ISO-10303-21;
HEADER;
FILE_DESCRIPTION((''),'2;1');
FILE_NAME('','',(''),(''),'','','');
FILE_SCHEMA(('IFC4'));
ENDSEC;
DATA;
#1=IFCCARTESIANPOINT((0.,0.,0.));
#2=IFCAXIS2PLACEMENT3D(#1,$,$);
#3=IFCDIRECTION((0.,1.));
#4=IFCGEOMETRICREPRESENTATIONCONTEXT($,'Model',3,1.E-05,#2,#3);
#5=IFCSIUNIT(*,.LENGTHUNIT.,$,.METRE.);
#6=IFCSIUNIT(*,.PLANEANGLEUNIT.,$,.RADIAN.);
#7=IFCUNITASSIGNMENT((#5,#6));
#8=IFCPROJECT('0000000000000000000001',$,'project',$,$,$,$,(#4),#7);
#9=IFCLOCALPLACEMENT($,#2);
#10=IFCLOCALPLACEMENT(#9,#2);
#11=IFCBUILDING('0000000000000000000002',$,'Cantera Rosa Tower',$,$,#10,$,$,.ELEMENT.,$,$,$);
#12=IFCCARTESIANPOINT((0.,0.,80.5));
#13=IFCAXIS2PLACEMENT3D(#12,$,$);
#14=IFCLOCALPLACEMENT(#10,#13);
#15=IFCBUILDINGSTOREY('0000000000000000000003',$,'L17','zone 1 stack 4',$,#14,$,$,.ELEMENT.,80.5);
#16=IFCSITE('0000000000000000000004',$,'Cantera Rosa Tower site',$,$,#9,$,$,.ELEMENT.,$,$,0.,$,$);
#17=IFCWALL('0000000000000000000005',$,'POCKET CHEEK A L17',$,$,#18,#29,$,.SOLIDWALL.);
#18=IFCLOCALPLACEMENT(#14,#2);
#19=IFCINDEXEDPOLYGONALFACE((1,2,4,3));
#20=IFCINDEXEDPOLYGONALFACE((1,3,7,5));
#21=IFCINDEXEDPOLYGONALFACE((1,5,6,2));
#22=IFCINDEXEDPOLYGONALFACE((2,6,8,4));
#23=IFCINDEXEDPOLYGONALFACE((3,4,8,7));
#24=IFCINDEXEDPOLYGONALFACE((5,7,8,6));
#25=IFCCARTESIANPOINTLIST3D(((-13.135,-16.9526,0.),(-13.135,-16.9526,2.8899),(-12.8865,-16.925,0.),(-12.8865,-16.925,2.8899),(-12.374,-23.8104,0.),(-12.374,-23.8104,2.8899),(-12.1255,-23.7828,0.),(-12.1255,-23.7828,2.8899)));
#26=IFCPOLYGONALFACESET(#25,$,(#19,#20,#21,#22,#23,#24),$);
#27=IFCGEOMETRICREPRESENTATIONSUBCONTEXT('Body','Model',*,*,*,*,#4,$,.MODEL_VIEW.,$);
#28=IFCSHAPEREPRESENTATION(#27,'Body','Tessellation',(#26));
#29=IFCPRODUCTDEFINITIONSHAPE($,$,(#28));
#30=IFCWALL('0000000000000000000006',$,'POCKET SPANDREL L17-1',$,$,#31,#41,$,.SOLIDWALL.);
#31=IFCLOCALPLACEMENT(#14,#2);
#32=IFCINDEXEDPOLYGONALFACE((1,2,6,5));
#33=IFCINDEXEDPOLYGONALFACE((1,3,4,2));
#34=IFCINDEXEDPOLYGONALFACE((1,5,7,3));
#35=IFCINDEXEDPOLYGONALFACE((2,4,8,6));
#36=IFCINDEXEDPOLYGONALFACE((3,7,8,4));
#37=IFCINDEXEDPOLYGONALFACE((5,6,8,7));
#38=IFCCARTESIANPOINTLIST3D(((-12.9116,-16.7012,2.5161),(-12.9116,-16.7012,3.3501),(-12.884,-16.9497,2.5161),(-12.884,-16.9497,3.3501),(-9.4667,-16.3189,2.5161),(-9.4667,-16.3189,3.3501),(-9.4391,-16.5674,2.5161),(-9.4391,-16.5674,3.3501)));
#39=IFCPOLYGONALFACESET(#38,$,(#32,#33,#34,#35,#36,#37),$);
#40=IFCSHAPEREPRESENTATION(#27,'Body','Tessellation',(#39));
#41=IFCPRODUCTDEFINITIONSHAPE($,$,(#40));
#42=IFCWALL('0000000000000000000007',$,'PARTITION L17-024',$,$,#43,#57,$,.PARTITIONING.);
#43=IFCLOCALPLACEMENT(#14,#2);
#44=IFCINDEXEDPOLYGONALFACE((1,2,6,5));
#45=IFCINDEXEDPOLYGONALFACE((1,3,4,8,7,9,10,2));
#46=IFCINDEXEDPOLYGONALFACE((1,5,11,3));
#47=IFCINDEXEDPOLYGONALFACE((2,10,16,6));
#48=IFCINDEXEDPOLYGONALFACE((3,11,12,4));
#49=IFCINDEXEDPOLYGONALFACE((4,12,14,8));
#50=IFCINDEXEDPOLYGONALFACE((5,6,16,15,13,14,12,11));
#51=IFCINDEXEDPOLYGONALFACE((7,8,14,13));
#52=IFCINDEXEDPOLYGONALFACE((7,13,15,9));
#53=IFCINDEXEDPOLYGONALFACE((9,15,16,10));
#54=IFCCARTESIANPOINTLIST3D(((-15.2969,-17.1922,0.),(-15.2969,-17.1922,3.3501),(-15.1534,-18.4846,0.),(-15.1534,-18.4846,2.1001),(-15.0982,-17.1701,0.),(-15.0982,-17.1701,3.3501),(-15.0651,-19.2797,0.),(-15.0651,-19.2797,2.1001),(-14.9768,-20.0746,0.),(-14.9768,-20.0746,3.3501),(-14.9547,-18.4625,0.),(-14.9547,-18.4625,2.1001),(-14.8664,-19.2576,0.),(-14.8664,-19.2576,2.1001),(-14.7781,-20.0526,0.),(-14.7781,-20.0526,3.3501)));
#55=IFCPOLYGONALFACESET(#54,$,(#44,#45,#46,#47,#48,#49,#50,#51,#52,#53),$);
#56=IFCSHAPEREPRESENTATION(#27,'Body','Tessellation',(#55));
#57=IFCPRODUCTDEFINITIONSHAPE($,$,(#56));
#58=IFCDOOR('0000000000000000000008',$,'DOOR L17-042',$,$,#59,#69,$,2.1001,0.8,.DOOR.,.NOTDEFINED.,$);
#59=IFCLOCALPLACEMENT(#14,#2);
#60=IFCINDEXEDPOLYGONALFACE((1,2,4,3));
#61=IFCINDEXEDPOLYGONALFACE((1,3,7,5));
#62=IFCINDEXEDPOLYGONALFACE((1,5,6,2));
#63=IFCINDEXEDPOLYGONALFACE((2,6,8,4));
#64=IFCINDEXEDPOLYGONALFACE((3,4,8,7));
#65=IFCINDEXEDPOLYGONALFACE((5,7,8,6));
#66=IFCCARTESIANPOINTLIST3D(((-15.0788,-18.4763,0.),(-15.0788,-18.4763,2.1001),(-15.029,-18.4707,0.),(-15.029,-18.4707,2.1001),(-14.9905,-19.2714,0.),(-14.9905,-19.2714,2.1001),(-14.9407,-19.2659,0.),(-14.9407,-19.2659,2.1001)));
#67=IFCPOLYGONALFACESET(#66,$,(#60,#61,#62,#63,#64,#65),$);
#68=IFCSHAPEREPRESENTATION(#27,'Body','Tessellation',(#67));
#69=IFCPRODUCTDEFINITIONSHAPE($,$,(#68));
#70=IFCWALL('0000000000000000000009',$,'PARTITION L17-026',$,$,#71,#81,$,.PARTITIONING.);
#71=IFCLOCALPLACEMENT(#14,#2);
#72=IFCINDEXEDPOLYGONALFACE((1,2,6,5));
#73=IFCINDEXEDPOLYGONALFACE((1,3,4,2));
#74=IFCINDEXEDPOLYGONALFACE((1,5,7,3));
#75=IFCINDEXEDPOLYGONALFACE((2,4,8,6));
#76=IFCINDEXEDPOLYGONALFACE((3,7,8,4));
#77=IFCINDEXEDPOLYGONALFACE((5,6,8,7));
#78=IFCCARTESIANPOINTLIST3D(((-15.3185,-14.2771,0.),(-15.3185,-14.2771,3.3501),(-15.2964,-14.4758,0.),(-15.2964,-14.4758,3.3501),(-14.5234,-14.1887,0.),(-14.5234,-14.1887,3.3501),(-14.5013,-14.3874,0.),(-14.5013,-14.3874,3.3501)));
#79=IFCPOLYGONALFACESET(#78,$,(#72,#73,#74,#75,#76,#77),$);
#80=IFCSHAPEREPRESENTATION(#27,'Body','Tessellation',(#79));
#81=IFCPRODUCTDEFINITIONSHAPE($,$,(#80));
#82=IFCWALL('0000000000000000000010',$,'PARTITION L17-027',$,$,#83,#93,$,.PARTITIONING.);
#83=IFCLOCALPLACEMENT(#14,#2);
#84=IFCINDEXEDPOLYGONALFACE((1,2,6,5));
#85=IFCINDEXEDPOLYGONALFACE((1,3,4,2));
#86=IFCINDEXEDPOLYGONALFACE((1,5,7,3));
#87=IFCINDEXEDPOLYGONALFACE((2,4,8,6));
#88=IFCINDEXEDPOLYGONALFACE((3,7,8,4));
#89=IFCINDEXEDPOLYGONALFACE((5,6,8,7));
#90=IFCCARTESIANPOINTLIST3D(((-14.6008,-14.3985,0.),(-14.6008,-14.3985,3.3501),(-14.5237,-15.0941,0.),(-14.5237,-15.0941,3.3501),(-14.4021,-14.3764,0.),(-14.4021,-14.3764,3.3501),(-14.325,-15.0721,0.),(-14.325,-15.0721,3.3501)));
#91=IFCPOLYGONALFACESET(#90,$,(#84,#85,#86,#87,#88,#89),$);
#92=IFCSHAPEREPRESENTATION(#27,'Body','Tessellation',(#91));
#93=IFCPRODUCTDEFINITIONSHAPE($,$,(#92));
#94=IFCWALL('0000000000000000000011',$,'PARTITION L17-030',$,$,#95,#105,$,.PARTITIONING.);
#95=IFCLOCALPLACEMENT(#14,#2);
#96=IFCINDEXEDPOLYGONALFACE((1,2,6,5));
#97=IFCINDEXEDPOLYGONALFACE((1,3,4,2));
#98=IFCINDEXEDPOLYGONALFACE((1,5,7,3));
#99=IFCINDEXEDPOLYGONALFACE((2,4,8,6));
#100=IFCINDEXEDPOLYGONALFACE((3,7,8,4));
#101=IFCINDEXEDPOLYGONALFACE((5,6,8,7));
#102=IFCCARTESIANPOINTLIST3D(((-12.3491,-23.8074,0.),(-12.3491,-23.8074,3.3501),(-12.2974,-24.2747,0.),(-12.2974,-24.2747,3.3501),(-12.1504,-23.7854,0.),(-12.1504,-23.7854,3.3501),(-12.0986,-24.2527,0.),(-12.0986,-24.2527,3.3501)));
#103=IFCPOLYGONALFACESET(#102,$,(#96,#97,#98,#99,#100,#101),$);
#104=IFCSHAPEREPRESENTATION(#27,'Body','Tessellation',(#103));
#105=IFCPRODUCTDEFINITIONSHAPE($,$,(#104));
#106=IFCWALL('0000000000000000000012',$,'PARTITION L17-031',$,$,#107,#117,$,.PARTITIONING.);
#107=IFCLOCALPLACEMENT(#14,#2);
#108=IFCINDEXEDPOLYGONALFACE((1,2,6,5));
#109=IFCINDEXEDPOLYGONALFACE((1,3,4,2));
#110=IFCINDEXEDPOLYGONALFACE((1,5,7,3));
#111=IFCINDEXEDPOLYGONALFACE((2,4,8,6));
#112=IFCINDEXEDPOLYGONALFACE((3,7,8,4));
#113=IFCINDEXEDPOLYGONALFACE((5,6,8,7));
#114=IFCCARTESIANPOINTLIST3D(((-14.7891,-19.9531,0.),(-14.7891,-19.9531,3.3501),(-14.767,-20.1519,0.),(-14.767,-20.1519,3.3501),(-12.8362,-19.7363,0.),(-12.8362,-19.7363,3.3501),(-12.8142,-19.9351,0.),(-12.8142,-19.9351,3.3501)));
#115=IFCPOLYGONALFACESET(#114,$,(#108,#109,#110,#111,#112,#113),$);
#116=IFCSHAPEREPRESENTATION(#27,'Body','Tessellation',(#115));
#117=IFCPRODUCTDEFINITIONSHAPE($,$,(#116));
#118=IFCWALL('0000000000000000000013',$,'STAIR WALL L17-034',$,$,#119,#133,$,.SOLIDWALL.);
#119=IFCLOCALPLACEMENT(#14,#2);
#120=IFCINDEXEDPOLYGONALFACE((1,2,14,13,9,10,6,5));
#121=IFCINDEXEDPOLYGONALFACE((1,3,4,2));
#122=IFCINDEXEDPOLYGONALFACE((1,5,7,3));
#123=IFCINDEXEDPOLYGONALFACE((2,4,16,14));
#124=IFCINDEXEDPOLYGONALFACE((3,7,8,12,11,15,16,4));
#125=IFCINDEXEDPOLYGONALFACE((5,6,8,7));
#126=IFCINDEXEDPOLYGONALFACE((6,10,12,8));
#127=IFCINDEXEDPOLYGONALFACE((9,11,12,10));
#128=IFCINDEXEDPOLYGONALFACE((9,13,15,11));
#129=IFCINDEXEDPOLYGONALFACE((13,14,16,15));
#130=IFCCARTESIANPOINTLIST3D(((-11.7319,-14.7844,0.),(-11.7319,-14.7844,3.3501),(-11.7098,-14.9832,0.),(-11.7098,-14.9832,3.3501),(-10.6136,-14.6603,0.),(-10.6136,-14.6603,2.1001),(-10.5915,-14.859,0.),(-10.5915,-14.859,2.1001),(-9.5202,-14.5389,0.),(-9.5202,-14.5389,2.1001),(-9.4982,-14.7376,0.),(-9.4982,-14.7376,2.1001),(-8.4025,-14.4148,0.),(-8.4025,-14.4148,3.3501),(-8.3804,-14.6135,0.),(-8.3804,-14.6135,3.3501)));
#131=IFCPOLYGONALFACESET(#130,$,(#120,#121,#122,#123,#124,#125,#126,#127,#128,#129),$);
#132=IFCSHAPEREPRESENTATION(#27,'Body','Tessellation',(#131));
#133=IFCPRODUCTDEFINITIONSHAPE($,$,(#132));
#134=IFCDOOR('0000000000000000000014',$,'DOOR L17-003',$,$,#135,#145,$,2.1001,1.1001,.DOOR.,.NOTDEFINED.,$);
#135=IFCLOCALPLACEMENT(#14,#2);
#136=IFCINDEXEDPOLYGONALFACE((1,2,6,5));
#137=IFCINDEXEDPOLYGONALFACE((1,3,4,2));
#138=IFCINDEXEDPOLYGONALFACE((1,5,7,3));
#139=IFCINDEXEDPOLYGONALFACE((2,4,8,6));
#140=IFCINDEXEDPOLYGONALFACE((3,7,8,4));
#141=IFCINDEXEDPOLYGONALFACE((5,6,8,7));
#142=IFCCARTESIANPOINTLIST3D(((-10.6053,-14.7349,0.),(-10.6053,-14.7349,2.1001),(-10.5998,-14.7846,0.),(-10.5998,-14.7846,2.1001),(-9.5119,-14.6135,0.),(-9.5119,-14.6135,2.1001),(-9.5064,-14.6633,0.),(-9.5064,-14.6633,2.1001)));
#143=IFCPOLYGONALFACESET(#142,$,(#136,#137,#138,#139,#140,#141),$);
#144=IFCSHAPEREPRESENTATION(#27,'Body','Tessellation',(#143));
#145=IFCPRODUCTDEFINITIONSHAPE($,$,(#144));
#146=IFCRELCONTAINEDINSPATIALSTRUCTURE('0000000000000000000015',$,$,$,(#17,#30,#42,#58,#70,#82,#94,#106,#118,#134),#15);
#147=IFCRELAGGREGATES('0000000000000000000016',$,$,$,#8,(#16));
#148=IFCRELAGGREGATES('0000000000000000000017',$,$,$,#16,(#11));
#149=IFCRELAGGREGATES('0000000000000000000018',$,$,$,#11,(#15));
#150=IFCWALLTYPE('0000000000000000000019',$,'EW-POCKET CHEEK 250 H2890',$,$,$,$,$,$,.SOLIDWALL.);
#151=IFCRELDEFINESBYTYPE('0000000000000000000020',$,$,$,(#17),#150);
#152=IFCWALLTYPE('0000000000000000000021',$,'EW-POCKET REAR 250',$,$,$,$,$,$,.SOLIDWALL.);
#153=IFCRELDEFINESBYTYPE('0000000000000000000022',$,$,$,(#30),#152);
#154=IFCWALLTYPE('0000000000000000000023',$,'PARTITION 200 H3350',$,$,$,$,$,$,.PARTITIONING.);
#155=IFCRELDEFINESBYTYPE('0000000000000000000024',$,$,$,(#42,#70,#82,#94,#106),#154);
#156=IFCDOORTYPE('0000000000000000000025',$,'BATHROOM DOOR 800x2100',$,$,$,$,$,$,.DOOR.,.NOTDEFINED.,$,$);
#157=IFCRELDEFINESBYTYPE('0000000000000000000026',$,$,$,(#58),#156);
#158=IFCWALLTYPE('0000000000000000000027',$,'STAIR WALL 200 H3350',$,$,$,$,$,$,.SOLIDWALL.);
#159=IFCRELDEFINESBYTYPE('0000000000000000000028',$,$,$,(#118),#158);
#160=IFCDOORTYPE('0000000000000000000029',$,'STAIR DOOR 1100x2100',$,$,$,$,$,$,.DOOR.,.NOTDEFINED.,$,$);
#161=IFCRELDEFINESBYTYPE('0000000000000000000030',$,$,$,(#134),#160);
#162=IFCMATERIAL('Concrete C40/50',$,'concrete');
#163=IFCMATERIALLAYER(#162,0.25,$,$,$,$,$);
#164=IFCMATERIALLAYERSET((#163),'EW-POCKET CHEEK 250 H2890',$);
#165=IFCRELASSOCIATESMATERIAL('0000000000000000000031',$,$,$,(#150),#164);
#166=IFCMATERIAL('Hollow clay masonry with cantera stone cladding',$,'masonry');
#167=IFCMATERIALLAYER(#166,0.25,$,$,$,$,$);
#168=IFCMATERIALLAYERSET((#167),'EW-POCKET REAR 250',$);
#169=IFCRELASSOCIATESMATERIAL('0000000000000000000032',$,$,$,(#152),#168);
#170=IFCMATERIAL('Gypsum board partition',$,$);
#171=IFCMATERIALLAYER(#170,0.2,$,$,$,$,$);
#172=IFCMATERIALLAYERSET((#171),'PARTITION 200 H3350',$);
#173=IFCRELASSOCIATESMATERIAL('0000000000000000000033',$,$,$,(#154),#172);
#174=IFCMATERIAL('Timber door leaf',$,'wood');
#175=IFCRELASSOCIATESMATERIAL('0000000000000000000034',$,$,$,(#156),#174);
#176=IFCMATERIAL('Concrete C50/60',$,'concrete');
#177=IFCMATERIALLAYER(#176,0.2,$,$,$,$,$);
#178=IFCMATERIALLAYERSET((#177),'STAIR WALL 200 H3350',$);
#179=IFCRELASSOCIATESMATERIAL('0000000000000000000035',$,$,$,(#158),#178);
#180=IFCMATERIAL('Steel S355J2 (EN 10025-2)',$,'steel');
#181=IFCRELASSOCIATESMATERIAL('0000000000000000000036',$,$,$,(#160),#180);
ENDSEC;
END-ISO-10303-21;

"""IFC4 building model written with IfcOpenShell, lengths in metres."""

from ifc_helpers import new_model, si_unit, direction, frame, frame_2d, origin, place, context, subcontext, project, spatial, rectangle, extrude, material, layer, layer_set, type_object, element, fill, save


model = new_model("IFC4")

# Units and contexts
model_context = context("Model", 3, precision=1e-05, world=origin(), true_north=direction((0.0, 1.0)))
body_context = subcontext(model_context, "Body", "Model", "MODEL_VIEW")
ifc_project = project(units=[si_unit("LENGTHUNIT", "METRE"), si_unit("PLANEANGLEUNIT", "RADIAN")], contexts=[model_context])

# Site, building, storey
site_placement = place(None, origin())
site = spatial("IfcSite", under=ifc_project, at=site_placement, Name="Cantera Rosa Tower site", CompositionType="ELEMENT", RefElevation=0.0)
building_placement = place(site_placement, origin())
building = spatial("IfcBuilding", under=site, at=building_placement, Name="Cantera Rosa Tower", CompositionType="ELEMENT")
storey_placement = place(building_placement, frame((0.0, 0.0, 80.5)))
storey = spatial("IfcBuildingStorey", under=building, at=storey_placement, Name="L17", Description="zone 1 stack 4", CompositionType="ELEMENT", Elevation=80.5)

# Walls
ifc_material_1 = material(Name="Concrete C40/50", Category="concrete")
ifc_layer_1 = layer(ifc_material_1, 0.25)
ifc_layer_set_1 = layer_set([ifc_layer_1], Name="EW-POCKET CHEEK 250 H2890")
wall_type_1 = type_object("IfcWallType", Name="EW-POCKET CHEEK 250 H2890", PredefinedType="SOLIDWALL", material=ifc_layer_set_1)
wall_1_placement = place(storey_placement, frame((-12.2498, -23.7966, 0.0), z_axis=(0.0, 0.0, 1.0), x_axis=(-0.110288, 0.9939, 0.0)))
element("IfcWall", 1, at=wall_1_placement, inside=storey, type_object=wall_type_1, Name="POCKET CHEEK A L17", PredefinedType="SOLIDWALL", context=body_context, shape_type="SweptSolid", body=[
    extrude(rectangle(XDim=6.8999, YDim=0.25, at=frame_2d((3.45, 0.0))), origin(), (0.0, 0.0, 1.0), 2.8899),
])
ifc_material_2 = material(Name="Hollow clay masonry with cantera stone cladding", Category="masonry")
ifc_layer_2 = layer(ifc_material_2, 0.25)
ifc_layer_set_2 = layer_set([ifc_layer_2], Name="EW-POCKET REAR 250")
wall_type_2 = type_object("IfcWallType", Name="EW-POCKET REAR 250", PredefinedType="SOLIDWALL", material=ifc_layer_set_2)
wall_2_placement = place(storey_placement, frame((-12.8977, -16.8254, 2.5161), z_axis=(0.0, 0.0, 1.0), x_axis=(0.993897, 0.110308, 0.0)))
element("IfcWall", 2, at=wall_2_placement, inside=storey, type_object=wall_type_2, Name="POCKET SPANDREL L17-1", PredefinedType="SOLIDWALL", context=body_context, shape_type="SweptSolid", body=[
    extrude(rectangle(XDim=3.4661, YDim=0.25, at=frame_2d((1.7329, 0.0))), origin(), (0.0, 0.0, 1.0), 0.834),
])

# Wall, opening, door
ifc_material_3 = material(Name="Gypsum board partition")
ifc_layer_3 = layer(ifc_material_3, 0.2)
ifc_layer_set_3 = layer_set([ifc_layer_3], Name="PARTITION 200 H3350")
wall_type_3 = type_object("IfcWallType", Name="PARTITION 200 H3350", PredefinedType="PARTITIONING", material=ifc_layer_set_3)
wall_3_placement = place(storey_placement, frame((-14.8774, -20.0637, 0.0), z_axis=(0.0, 0.0, 1.0), x_axis=(-0.110367, 0.993891, 0.0)))
wall_3 = element("IfcWall", 3, at=wall_3_placement, inside=storey, type_object=wall_type_3, Name="PARTITION L17-024", PredefinedType="PARTITIONING", context=body_context, shape_type="SweptSolid", body=[
    extrude(rectangle(XDim=2.9001, YDim=0.2, at=frame_2d((1.4502, 0.0))), origin(), (0.0, 0.0, 1.0), 3.3501),
])
opening_1_placement = place(wall_3_placement, frame((0.8, 0.0, 0.0)))
opening_1 = element("IfcOpeningElement", 4, at=opening_1_placement, cuts=wall_3, PredefinedType="OPENING", context=body_context, shape_type="SweptSolid", body=[
    extrude(rectangle(XDim=0.8, YDim=2.1001, at=frame_2d((0.3999, 1.05))), frame((0.0, 0.1099, 0.0), z_axis=(0.0, -1.0, 0.0), x_axis=(1.0, 0.0, 0.0)), (0.0, 0.0, 1.0), 0.22),
])
ifc_material_4 = material(Name="Timber door leaf", Category="wood")
door_type_1 = type_object("IfcDoorType", Name="BATHROOM DOOR 800x2100", OperationType="NOTDEFINED", PredefinedType="DOOR", material=ifc_material_4)
door_1_placement = place(opening_1_placement, origin())
door_1 = element("IfcDoor", 5, at=door_1_placement, inside=storey, type_object=door_type_1, Name="DOOR L17-042", OperationType="NOTDEFINED", OverallHeight=2.1001, OverallWidth=0.8, PredefinedType="DOOR", context=body_context, shape_type="SweptSolid", body=[
    extrude(rectangle(XDim=0.8, YDim=2.1001, at=frame_2d((0.3999, 1.05))), frame((0.0, 0.0249, 0.0), z_axis=(0.0, -1.0, 0.0), x_axis=(1.0, 0.0, 0.0)), (0.0, 0.0, 1.0), 0.05),
])
fill(opening_1, door_1)

# Walls
wall_4_placement = place(storey_placement, frame((-14.5125, -14.2881, 0.0), z_axis=(0.0, 0.0, 1.0), x_axis=(-0.99388, -0.110465, 0.0)))
element("IfcWall", 6, at=wall_4_placement, inside=storey, type_object=wall_type_3, Name="PARTITION L17-026", PredefinedType="PARTITIONING", context=body_context, shape_type="SweptSolid", body=[
    extrude(rectangle(XDim=0.8, YDim=0.2, at=frame_2d((0.3999, 0.0))), origin(), (0.0, 0.0, 1.0), 3.3501),
])
wall_5_placement = place(storey_placement, frame((-14.4243, -15.0833, 0.0), z_axis=(0.0, 0.0, 1.0), x_axis=(-0.110202, 0.993909, 0.0)))
element("IfcWall", 7, at=wall_5_placement, inside=storey, type_object=wall_type_3, Name="PARTITION L17-027", PredefinedType="PARTITIONING", context=body_context, shape_type="SweptSolid", body=[
    extrude(rectangle(XDim=0.7, YDim=0.2, at=frame_2d((0.3501, 0.0))), origin(), (0.0, 0.0, 1.0), 3.3501),
])
wall_6_placement = place(storey_placement, frame((-12.2498, -23.7964, 0.0), z_axis=(0.0, 0.0, 1.0), x_axis=(0.11009, -0.993922, 0.0)))
element("IfcWall", 8, at=wall_6_placement, inside=storey, type_object=wall_type_3, Name="PARTITION L17-030", PredefinedType="PARTITIONING", context=body_context, shape_type="SweptSolid", body=[
    extrude(rectangle(XDim=0.4702, YDim=0.2, at=frame_2d((0.2351, 0.0))), origin(), (0.0, 0.0, 1.0), 3.3501),
])
wall_7_placement = place(storey_placement, frame((-12.8252, -19.8357, 0.0), z_axis=(0.0, 0.0, 1.0), x_axis=(-0.993894, -0.110336, 0.0)))
element("IfcWall", 9, at=wall_7_placement, inside=storey, type_object=wall_type_3, Name="PARTITION L17-031", PredefinedType="PARTITIONING", context=body_context, shape_type="SweptSolid", body=[
    extrude(rectangle(XDim=1.9648, YDim=0.2, at=frame_2d((0.9824, 0.0))), origin(), (0.0, 0.0, 1.0), 3.3501),
])

# Wall, opening, door
ifc_material_5 = material(Name="Concrete C50/60", Category="concrete")
ifc_layer_4 = layer(ifc_material_5, 0.2)
ifc_layer_set_4 = layer_set([ifc_layer_4], Name="STAIR WALL 200 H3350")
wall_type_4 = type_object("IfcWallType", Name="STAIR WALL 200 H3350", PredefinedType="SOLIDWALL", material=ifc_layer_set_4)
wall_8_placement = place(storey_placement, frame((-11.7207, -14.8838, 0.0), z_axis=(0.0, 0.0, 1.0), x_axis=(0.993894, 0.110344, 0.0)))
wall_8 = element("IfcWall", 10, at=wall_8_placement, inside=storey, type_object=wall_type_4, Name="STAIR WALL L17-034", PredefinedType="SOLIDWALL", context=body_context, shape_type="SweptSolid", body=[
    extrude(rectangle(XDim=3.3499, YDim=0.2, at=frame_2d((1.6748, 0.0))), origin(), (0.0, 0.0, 1.0), 3.3501),
])
opening_2_placement = place(wall_8_placement, frame((1.125, 0.0, 0.0)))
opening_2 = element("IfcOpeningElement", 11, at=opening_2_placement, cuts=wall_8, PredefinedType="OPENING", context=body_context, shape_type="SweptSolid", body=[
    extrude(rectangle(XDim=1.1001, YDim=2.1001, at=frame_2d((0.55, 1.05))), frame((0.0, 0.1099, 0.0), z_axis=(0.0, -1.0, 0.0), x_axis=(1.0, 0.0, 0.0)), (0.0, 0.0, 1.0), 0.22),
])
ifc_material_6 = material(Name="Steel S355J2 (EN 10025-2)", Category="steel")
door_type_2 = type_object("IfcDoorType", Name="STAIR DOOR 1100x2100", OperationType="NOTDEFINED", PredefinedType="DOOR", material=ifc_material_6)
door_2_placement = place(opening_2_placement, origin())
door_2 = element("IfcDoor", 12, at=door_2_placement, inside=storey, type_object=door_type_2, Name="DOOR L17-003", OperationType="NOTDEFINED", OverallHeight=2.1001, OverallWidth=1.1001, PredefinedType="DOOR", context=body_context, shape_type="SweptSolid", body=[
    extrude(rectangle(XDim=1.1001, YDim=2.1001, at=frame_2d((0.55, 1.05))), frame((0.0, 0.0249, 0.0), z_axis=(0.0, -1.0, 0.0), x_axis=(1.0, 0.0, 0.0)), (0.0, 0.0, 1.0), 0.05),
])
fill(opening_2, door_2)

save(model, "model.ifc")
